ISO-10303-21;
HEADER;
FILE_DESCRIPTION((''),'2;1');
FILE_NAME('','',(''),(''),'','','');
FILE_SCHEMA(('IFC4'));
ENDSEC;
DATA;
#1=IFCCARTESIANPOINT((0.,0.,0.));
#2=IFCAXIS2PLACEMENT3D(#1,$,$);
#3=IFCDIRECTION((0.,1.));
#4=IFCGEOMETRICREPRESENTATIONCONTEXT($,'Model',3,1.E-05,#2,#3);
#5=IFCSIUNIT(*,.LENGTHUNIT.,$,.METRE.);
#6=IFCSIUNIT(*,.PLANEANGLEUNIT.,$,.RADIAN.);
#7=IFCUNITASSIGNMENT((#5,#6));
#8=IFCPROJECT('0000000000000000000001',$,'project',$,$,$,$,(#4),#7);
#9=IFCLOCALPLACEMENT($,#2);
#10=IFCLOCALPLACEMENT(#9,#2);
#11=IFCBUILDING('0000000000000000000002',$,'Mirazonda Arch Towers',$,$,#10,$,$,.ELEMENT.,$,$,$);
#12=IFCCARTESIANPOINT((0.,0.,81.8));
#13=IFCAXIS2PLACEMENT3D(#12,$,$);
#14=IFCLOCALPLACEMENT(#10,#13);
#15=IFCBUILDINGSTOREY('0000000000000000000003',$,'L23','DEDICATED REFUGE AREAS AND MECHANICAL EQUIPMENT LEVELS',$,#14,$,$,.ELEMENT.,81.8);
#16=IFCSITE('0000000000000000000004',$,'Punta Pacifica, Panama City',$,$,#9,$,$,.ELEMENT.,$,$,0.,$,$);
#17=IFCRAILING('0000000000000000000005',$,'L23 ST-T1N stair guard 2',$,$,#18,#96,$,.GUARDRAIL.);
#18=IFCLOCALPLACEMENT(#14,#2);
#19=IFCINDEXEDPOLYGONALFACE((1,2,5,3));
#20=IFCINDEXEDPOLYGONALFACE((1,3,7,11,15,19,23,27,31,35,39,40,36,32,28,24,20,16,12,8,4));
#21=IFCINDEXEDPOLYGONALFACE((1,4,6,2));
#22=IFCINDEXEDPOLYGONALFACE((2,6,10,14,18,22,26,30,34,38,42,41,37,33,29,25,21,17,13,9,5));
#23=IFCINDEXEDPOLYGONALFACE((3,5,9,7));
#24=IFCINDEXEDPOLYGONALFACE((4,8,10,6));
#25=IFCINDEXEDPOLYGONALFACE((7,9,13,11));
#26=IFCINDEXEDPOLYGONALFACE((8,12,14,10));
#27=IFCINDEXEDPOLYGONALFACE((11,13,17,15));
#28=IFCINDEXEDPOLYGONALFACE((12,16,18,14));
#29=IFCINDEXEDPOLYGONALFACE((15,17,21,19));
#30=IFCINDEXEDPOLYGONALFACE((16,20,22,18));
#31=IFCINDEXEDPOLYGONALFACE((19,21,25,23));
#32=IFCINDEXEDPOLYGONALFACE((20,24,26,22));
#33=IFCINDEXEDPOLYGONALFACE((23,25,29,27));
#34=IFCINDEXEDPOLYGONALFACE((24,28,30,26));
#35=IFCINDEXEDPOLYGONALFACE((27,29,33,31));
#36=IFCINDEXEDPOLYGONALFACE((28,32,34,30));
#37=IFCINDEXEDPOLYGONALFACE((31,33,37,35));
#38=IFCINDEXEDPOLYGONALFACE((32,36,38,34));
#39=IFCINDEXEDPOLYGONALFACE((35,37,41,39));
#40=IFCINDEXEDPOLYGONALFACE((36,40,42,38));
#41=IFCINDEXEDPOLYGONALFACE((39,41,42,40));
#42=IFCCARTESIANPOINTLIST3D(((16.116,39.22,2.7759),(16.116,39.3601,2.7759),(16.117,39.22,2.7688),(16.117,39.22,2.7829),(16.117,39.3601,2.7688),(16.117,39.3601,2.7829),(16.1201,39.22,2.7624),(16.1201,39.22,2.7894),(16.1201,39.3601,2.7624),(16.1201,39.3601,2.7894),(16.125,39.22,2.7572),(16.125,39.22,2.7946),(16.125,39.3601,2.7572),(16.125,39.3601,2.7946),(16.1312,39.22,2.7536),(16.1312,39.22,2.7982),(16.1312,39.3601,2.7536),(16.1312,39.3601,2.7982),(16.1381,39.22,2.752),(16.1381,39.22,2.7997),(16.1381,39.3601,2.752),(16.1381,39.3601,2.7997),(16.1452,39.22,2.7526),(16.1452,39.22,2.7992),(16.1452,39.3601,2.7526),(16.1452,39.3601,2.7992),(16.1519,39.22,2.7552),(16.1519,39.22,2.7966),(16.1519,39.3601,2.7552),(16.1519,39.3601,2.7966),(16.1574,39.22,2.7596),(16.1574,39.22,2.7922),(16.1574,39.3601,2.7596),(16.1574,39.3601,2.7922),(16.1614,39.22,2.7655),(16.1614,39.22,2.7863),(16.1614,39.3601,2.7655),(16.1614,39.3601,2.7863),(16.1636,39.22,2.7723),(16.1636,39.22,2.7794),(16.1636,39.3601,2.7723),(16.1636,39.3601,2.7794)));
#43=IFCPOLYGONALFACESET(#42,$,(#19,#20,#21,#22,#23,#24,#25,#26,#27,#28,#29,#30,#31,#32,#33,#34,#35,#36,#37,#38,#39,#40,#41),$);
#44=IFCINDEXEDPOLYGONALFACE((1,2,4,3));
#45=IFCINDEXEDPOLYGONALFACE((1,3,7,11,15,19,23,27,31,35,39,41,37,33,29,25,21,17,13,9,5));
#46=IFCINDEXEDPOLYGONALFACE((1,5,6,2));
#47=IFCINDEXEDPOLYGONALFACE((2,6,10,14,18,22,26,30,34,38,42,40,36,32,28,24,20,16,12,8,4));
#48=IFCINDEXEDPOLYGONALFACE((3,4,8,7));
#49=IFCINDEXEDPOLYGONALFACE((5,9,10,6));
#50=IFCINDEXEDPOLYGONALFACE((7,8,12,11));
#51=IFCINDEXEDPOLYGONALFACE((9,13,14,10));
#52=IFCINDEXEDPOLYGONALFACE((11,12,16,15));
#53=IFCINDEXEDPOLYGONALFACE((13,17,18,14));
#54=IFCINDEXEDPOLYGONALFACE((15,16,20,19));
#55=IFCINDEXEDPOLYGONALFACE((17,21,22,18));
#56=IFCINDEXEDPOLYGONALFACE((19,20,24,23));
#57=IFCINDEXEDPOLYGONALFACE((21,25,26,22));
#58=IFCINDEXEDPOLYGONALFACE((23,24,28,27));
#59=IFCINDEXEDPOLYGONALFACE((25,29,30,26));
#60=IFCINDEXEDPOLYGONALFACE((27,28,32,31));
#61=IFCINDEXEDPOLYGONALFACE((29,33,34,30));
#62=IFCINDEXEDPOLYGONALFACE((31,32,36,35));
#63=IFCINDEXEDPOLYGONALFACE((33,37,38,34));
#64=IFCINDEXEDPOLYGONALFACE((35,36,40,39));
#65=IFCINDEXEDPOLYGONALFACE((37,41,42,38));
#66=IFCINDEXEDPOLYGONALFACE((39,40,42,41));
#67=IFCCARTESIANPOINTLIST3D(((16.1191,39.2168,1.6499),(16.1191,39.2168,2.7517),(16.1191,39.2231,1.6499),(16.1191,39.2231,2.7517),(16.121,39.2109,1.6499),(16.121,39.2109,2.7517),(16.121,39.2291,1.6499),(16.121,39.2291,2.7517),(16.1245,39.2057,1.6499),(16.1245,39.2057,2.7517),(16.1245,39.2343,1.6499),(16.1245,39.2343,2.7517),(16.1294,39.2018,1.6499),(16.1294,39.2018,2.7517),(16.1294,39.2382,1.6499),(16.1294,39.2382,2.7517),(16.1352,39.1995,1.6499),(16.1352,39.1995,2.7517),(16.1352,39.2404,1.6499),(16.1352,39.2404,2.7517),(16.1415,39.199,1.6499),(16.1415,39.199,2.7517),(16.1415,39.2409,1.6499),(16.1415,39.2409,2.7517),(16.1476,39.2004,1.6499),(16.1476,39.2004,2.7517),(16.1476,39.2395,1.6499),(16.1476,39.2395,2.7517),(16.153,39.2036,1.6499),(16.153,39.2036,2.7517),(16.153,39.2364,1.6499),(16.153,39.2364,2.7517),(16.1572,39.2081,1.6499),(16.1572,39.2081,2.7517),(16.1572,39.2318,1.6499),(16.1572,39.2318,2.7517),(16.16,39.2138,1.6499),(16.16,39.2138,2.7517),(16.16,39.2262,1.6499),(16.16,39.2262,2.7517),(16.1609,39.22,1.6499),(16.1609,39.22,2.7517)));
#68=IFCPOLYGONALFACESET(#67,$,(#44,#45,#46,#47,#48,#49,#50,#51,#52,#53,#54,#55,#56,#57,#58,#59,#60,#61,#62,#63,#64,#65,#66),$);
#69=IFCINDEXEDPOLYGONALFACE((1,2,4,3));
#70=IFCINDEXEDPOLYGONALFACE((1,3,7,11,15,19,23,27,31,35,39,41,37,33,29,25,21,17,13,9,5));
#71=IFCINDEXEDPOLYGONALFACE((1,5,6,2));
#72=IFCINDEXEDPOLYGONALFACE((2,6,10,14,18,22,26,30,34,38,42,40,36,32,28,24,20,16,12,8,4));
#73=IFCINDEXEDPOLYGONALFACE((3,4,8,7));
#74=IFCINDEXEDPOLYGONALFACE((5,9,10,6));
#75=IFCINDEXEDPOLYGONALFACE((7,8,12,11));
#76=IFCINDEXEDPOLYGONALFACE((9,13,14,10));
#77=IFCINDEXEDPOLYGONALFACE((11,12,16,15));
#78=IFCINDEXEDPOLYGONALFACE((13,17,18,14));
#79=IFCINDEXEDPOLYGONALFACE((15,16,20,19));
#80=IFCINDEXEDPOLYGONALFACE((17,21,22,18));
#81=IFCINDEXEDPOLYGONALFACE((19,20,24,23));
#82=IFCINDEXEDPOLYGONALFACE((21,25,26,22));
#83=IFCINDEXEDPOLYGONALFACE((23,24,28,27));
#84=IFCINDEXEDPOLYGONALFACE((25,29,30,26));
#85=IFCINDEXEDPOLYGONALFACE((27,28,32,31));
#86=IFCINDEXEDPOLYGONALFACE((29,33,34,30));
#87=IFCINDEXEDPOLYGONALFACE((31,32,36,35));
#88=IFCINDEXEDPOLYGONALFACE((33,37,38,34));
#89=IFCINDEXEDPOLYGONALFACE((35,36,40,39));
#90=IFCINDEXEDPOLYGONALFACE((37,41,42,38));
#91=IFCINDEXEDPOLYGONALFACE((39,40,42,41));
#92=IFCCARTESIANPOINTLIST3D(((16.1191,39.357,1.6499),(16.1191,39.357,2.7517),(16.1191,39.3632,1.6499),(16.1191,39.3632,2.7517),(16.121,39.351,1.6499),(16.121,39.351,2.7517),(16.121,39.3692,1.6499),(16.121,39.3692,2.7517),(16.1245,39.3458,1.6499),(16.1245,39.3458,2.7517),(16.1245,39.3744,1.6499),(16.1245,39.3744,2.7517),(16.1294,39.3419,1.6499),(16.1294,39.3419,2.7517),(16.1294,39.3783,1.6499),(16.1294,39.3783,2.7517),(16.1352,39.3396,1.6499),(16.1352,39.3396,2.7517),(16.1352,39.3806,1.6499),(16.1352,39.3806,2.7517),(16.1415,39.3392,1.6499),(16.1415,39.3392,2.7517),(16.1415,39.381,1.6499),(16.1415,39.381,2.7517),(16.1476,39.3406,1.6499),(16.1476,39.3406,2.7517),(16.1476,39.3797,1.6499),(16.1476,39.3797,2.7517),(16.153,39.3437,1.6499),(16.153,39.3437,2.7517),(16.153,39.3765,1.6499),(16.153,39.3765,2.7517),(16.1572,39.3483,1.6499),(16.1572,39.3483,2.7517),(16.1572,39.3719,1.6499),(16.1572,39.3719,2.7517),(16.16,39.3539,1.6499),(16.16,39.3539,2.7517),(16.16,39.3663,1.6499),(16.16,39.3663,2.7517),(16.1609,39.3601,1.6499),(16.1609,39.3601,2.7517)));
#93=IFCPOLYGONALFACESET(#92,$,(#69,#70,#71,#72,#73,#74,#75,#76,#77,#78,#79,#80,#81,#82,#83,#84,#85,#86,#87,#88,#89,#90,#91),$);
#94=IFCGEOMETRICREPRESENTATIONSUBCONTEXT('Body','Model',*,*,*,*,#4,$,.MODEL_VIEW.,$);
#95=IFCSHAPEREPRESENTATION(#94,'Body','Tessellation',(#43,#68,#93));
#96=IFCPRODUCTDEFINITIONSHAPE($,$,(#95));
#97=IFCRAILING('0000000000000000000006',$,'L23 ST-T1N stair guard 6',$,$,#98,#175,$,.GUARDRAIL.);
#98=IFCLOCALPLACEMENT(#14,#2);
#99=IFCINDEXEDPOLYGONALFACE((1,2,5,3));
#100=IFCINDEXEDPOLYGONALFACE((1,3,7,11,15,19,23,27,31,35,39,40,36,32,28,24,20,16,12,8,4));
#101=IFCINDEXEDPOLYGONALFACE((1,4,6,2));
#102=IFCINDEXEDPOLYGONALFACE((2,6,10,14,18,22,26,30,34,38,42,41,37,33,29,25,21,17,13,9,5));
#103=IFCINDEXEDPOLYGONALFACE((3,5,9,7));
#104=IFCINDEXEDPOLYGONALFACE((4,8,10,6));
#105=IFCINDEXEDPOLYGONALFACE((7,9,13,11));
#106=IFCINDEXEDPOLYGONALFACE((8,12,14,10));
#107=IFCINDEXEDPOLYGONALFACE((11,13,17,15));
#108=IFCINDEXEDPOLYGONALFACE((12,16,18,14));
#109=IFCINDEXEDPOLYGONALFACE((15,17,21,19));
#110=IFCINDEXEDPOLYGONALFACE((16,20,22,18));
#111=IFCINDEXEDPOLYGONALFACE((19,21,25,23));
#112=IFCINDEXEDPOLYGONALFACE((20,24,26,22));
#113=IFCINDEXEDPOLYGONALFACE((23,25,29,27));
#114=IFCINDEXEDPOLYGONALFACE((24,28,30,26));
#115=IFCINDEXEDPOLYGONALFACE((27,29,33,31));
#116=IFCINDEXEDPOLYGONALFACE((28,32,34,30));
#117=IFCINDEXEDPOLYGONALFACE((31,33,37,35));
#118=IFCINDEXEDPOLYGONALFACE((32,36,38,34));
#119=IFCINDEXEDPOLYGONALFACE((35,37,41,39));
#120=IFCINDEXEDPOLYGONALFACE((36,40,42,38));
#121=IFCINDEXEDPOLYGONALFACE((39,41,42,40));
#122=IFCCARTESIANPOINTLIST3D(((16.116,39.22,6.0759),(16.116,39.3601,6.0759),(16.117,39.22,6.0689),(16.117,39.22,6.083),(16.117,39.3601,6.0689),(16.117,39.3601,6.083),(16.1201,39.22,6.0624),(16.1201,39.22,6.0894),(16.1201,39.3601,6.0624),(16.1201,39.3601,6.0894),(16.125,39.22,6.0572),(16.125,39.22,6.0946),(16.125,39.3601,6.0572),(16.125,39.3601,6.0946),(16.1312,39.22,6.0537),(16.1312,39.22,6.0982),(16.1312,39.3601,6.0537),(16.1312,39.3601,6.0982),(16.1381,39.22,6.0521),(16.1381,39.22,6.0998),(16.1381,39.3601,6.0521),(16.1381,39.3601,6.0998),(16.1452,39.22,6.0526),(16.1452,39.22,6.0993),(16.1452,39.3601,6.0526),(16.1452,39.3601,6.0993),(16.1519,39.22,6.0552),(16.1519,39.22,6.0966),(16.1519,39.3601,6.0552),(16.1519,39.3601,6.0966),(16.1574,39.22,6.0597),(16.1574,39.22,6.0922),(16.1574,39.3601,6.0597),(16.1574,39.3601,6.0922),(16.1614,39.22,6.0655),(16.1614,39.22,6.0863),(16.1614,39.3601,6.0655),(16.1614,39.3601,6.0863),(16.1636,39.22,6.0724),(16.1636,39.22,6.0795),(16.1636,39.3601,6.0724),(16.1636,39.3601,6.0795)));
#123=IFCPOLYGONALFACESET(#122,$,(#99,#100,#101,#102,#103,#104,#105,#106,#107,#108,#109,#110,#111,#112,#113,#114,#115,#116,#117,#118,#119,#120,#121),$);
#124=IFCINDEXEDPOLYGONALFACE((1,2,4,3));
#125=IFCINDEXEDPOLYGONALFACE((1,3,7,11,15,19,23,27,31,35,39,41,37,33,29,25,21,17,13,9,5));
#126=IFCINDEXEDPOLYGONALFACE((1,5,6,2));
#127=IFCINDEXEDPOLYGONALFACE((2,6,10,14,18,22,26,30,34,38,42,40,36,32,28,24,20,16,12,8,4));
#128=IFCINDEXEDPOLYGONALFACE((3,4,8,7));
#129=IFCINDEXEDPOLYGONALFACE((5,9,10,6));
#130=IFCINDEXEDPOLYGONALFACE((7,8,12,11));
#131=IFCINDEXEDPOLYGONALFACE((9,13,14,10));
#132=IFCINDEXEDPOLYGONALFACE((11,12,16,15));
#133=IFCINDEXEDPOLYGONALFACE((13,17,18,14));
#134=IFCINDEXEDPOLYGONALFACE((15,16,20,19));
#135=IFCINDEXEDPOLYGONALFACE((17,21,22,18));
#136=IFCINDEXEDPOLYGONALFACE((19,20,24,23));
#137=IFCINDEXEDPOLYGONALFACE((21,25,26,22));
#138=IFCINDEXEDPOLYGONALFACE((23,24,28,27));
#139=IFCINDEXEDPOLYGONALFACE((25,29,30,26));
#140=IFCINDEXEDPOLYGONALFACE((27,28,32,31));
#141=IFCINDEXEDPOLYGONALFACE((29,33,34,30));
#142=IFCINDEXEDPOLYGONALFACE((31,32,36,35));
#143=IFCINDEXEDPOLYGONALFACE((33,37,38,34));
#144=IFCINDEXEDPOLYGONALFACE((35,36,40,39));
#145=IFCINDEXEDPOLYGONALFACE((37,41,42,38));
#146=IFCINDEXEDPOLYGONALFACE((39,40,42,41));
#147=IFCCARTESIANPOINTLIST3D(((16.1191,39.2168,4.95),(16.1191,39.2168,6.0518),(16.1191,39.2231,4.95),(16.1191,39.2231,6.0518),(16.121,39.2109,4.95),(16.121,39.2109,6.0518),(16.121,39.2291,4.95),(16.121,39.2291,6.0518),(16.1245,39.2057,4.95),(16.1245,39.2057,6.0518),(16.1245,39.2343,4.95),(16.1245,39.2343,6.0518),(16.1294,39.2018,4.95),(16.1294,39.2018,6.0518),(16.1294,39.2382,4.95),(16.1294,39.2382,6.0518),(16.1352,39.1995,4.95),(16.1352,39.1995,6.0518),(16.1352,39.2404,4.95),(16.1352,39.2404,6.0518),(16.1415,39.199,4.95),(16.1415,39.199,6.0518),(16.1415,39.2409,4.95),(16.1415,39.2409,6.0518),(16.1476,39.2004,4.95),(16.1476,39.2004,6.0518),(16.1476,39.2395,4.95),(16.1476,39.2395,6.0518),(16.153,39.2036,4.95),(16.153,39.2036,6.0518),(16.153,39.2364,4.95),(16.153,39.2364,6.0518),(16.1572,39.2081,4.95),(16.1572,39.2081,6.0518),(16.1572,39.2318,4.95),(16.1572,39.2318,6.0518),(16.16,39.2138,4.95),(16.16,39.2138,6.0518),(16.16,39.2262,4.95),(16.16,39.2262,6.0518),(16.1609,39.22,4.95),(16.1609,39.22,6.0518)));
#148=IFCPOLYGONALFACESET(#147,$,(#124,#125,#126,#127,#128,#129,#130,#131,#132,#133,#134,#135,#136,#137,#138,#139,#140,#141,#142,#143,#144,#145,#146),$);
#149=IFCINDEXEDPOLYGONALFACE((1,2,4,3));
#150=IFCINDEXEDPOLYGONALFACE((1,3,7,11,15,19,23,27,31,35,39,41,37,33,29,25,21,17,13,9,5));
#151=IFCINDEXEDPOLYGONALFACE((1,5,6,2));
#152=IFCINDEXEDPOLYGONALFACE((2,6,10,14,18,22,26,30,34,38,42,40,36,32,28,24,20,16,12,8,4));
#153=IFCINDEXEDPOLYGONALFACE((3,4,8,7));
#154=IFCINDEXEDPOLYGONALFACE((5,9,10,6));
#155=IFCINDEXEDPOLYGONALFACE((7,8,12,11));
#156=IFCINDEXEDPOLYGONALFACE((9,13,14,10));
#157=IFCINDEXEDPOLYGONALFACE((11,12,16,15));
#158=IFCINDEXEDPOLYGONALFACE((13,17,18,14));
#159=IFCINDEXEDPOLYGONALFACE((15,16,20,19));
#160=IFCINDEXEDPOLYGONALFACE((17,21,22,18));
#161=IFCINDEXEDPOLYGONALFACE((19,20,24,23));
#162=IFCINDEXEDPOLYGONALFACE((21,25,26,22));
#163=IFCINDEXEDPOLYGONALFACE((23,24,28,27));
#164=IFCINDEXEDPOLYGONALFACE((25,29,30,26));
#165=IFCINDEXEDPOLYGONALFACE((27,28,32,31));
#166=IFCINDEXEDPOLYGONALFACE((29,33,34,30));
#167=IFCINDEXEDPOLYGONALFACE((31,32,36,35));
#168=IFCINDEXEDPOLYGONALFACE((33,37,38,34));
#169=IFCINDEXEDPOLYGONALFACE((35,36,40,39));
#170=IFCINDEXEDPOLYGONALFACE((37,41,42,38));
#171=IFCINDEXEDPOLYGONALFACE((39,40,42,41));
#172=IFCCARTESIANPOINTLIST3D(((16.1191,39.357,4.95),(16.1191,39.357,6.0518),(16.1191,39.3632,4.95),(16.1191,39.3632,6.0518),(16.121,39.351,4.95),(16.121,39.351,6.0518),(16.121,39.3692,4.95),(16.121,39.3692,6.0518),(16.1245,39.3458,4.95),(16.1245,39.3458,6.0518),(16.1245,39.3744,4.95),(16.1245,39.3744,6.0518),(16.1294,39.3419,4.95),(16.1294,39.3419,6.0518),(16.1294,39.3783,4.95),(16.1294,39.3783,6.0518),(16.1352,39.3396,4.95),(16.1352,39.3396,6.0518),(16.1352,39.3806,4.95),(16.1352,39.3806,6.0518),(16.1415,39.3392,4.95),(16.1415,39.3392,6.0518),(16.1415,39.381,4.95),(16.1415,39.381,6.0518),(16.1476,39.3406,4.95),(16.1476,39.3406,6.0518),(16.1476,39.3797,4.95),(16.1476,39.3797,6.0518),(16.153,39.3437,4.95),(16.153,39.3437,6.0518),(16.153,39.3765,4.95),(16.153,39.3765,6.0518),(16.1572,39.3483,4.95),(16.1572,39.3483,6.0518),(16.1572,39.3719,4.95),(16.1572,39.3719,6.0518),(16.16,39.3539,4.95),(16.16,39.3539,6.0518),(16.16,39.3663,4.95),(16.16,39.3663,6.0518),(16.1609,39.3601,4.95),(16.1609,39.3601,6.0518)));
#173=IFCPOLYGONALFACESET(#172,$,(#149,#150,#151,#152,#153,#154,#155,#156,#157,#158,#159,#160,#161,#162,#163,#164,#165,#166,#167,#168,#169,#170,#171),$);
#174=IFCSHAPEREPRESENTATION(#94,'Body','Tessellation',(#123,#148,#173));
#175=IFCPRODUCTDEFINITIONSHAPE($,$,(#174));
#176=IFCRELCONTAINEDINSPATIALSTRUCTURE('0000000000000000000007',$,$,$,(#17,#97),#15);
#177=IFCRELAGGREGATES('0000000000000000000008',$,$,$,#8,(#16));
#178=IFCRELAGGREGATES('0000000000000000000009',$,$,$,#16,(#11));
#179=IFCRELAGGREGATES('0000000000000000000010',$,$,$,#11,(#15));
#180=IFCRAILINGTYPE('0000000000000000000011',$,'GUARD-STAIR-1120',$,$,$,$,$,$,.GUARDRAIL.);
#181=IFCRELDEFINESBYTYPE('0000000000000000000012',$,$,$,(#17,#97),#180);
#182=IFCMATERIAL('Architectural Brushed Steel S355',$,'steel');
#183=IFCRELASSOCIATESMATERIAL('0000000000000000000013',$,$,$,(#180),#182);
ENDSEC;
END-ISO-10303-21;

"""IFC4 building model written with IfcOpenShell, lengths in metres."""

from ifc_helpers import new_model, si_unit, direction, frame, origin, origin_2d, place, context, subcontext, project, spatial, circle, extrude, material, type_object, element, save


model = new_model("IFC4")

# Units and contexts
model_context = context("Model", 3, precision=1e-05, world=origin(), true_north=direction((0.0, 1.0)))
body_context = subcontext(model_context, "Body", "Model", "MODEL_VIEW")
ifc_project = project(units=[si_unit("LENGTHUNIT", "METRE"), si_unit("PLANEANGLEUNIT", "RADIAN")], contexts=[model_context])

# Site, building, storey
site_placement = place(None, origin())
site = spatial("IfcSite", under=ifc_project, at=site_placement, Name="Punta Pacifica, Panama City", CompositionType="ELEMENT", RefElevation=0.0)
building_placement = place(site_placement, origin())
building = spatial("IfcBuilding", under=site, at=building_placement, Name="Mirazonda Arch Towers", CompositionType="ELEMENT")
storey_placement = place(building_placement, frame((0.0, 0.0, 81.8)))
storey = spatial("IfcBuildingStorey", under=building, at=storey_placement, Name="L23", Description="DEDICATED REFUGE AREAS AND MECHANICAL EQUIPMENT LEVELS", CompositionType="ELEMENT", Elevation=81.8)

# Shared definitions
ifc_material_1 = material(Name="Architectural Brushed Steel S355", Category="steel")

# Railings
railing_type_1 = type_object("IfcRailingType", Name="GUARD-STAIR-1120", PredefinedType="GUARDRAIL", material=ifc_material_1)
for number, where, name in (
    (1, (16.1399, 39.22, 1.6499), "L23 ST-T1N stair guard 2"),
    (2, (16.1399, 39.22, 4.95), "L23 ST-T1N stair guard 6"),
):
    element("IfcRailing", number, at=place(storey_placement, frame(where)), inside=storey, type_object=railing_type_1, Name=name, PredefinedType="GUARDRAIL", context=body_context, shape_type="SweptSolid", body=[
        extrude(circle(Radius=0.0239, at=origin_2d()), frame((0.0, 0.0, 1.126), z_axis=(0.0, 1.0, 0.0), x_axis=(-1.0, 0.0, 0.0)), (0.0, 0.0, 1.0), 0.1401),
        extrude(circle(Radius=0.021, at=origin_2d()), origin(), (0.0, 0.0, 1.0), 1.1018),
        extrude(circle(Radius=0.021, at=origin_2d()), frame((0.0, 0.1401, 0.0)), (0.0, 0.0, 1.0), 1.1018),
    ])

save(model, "model.ifc")
